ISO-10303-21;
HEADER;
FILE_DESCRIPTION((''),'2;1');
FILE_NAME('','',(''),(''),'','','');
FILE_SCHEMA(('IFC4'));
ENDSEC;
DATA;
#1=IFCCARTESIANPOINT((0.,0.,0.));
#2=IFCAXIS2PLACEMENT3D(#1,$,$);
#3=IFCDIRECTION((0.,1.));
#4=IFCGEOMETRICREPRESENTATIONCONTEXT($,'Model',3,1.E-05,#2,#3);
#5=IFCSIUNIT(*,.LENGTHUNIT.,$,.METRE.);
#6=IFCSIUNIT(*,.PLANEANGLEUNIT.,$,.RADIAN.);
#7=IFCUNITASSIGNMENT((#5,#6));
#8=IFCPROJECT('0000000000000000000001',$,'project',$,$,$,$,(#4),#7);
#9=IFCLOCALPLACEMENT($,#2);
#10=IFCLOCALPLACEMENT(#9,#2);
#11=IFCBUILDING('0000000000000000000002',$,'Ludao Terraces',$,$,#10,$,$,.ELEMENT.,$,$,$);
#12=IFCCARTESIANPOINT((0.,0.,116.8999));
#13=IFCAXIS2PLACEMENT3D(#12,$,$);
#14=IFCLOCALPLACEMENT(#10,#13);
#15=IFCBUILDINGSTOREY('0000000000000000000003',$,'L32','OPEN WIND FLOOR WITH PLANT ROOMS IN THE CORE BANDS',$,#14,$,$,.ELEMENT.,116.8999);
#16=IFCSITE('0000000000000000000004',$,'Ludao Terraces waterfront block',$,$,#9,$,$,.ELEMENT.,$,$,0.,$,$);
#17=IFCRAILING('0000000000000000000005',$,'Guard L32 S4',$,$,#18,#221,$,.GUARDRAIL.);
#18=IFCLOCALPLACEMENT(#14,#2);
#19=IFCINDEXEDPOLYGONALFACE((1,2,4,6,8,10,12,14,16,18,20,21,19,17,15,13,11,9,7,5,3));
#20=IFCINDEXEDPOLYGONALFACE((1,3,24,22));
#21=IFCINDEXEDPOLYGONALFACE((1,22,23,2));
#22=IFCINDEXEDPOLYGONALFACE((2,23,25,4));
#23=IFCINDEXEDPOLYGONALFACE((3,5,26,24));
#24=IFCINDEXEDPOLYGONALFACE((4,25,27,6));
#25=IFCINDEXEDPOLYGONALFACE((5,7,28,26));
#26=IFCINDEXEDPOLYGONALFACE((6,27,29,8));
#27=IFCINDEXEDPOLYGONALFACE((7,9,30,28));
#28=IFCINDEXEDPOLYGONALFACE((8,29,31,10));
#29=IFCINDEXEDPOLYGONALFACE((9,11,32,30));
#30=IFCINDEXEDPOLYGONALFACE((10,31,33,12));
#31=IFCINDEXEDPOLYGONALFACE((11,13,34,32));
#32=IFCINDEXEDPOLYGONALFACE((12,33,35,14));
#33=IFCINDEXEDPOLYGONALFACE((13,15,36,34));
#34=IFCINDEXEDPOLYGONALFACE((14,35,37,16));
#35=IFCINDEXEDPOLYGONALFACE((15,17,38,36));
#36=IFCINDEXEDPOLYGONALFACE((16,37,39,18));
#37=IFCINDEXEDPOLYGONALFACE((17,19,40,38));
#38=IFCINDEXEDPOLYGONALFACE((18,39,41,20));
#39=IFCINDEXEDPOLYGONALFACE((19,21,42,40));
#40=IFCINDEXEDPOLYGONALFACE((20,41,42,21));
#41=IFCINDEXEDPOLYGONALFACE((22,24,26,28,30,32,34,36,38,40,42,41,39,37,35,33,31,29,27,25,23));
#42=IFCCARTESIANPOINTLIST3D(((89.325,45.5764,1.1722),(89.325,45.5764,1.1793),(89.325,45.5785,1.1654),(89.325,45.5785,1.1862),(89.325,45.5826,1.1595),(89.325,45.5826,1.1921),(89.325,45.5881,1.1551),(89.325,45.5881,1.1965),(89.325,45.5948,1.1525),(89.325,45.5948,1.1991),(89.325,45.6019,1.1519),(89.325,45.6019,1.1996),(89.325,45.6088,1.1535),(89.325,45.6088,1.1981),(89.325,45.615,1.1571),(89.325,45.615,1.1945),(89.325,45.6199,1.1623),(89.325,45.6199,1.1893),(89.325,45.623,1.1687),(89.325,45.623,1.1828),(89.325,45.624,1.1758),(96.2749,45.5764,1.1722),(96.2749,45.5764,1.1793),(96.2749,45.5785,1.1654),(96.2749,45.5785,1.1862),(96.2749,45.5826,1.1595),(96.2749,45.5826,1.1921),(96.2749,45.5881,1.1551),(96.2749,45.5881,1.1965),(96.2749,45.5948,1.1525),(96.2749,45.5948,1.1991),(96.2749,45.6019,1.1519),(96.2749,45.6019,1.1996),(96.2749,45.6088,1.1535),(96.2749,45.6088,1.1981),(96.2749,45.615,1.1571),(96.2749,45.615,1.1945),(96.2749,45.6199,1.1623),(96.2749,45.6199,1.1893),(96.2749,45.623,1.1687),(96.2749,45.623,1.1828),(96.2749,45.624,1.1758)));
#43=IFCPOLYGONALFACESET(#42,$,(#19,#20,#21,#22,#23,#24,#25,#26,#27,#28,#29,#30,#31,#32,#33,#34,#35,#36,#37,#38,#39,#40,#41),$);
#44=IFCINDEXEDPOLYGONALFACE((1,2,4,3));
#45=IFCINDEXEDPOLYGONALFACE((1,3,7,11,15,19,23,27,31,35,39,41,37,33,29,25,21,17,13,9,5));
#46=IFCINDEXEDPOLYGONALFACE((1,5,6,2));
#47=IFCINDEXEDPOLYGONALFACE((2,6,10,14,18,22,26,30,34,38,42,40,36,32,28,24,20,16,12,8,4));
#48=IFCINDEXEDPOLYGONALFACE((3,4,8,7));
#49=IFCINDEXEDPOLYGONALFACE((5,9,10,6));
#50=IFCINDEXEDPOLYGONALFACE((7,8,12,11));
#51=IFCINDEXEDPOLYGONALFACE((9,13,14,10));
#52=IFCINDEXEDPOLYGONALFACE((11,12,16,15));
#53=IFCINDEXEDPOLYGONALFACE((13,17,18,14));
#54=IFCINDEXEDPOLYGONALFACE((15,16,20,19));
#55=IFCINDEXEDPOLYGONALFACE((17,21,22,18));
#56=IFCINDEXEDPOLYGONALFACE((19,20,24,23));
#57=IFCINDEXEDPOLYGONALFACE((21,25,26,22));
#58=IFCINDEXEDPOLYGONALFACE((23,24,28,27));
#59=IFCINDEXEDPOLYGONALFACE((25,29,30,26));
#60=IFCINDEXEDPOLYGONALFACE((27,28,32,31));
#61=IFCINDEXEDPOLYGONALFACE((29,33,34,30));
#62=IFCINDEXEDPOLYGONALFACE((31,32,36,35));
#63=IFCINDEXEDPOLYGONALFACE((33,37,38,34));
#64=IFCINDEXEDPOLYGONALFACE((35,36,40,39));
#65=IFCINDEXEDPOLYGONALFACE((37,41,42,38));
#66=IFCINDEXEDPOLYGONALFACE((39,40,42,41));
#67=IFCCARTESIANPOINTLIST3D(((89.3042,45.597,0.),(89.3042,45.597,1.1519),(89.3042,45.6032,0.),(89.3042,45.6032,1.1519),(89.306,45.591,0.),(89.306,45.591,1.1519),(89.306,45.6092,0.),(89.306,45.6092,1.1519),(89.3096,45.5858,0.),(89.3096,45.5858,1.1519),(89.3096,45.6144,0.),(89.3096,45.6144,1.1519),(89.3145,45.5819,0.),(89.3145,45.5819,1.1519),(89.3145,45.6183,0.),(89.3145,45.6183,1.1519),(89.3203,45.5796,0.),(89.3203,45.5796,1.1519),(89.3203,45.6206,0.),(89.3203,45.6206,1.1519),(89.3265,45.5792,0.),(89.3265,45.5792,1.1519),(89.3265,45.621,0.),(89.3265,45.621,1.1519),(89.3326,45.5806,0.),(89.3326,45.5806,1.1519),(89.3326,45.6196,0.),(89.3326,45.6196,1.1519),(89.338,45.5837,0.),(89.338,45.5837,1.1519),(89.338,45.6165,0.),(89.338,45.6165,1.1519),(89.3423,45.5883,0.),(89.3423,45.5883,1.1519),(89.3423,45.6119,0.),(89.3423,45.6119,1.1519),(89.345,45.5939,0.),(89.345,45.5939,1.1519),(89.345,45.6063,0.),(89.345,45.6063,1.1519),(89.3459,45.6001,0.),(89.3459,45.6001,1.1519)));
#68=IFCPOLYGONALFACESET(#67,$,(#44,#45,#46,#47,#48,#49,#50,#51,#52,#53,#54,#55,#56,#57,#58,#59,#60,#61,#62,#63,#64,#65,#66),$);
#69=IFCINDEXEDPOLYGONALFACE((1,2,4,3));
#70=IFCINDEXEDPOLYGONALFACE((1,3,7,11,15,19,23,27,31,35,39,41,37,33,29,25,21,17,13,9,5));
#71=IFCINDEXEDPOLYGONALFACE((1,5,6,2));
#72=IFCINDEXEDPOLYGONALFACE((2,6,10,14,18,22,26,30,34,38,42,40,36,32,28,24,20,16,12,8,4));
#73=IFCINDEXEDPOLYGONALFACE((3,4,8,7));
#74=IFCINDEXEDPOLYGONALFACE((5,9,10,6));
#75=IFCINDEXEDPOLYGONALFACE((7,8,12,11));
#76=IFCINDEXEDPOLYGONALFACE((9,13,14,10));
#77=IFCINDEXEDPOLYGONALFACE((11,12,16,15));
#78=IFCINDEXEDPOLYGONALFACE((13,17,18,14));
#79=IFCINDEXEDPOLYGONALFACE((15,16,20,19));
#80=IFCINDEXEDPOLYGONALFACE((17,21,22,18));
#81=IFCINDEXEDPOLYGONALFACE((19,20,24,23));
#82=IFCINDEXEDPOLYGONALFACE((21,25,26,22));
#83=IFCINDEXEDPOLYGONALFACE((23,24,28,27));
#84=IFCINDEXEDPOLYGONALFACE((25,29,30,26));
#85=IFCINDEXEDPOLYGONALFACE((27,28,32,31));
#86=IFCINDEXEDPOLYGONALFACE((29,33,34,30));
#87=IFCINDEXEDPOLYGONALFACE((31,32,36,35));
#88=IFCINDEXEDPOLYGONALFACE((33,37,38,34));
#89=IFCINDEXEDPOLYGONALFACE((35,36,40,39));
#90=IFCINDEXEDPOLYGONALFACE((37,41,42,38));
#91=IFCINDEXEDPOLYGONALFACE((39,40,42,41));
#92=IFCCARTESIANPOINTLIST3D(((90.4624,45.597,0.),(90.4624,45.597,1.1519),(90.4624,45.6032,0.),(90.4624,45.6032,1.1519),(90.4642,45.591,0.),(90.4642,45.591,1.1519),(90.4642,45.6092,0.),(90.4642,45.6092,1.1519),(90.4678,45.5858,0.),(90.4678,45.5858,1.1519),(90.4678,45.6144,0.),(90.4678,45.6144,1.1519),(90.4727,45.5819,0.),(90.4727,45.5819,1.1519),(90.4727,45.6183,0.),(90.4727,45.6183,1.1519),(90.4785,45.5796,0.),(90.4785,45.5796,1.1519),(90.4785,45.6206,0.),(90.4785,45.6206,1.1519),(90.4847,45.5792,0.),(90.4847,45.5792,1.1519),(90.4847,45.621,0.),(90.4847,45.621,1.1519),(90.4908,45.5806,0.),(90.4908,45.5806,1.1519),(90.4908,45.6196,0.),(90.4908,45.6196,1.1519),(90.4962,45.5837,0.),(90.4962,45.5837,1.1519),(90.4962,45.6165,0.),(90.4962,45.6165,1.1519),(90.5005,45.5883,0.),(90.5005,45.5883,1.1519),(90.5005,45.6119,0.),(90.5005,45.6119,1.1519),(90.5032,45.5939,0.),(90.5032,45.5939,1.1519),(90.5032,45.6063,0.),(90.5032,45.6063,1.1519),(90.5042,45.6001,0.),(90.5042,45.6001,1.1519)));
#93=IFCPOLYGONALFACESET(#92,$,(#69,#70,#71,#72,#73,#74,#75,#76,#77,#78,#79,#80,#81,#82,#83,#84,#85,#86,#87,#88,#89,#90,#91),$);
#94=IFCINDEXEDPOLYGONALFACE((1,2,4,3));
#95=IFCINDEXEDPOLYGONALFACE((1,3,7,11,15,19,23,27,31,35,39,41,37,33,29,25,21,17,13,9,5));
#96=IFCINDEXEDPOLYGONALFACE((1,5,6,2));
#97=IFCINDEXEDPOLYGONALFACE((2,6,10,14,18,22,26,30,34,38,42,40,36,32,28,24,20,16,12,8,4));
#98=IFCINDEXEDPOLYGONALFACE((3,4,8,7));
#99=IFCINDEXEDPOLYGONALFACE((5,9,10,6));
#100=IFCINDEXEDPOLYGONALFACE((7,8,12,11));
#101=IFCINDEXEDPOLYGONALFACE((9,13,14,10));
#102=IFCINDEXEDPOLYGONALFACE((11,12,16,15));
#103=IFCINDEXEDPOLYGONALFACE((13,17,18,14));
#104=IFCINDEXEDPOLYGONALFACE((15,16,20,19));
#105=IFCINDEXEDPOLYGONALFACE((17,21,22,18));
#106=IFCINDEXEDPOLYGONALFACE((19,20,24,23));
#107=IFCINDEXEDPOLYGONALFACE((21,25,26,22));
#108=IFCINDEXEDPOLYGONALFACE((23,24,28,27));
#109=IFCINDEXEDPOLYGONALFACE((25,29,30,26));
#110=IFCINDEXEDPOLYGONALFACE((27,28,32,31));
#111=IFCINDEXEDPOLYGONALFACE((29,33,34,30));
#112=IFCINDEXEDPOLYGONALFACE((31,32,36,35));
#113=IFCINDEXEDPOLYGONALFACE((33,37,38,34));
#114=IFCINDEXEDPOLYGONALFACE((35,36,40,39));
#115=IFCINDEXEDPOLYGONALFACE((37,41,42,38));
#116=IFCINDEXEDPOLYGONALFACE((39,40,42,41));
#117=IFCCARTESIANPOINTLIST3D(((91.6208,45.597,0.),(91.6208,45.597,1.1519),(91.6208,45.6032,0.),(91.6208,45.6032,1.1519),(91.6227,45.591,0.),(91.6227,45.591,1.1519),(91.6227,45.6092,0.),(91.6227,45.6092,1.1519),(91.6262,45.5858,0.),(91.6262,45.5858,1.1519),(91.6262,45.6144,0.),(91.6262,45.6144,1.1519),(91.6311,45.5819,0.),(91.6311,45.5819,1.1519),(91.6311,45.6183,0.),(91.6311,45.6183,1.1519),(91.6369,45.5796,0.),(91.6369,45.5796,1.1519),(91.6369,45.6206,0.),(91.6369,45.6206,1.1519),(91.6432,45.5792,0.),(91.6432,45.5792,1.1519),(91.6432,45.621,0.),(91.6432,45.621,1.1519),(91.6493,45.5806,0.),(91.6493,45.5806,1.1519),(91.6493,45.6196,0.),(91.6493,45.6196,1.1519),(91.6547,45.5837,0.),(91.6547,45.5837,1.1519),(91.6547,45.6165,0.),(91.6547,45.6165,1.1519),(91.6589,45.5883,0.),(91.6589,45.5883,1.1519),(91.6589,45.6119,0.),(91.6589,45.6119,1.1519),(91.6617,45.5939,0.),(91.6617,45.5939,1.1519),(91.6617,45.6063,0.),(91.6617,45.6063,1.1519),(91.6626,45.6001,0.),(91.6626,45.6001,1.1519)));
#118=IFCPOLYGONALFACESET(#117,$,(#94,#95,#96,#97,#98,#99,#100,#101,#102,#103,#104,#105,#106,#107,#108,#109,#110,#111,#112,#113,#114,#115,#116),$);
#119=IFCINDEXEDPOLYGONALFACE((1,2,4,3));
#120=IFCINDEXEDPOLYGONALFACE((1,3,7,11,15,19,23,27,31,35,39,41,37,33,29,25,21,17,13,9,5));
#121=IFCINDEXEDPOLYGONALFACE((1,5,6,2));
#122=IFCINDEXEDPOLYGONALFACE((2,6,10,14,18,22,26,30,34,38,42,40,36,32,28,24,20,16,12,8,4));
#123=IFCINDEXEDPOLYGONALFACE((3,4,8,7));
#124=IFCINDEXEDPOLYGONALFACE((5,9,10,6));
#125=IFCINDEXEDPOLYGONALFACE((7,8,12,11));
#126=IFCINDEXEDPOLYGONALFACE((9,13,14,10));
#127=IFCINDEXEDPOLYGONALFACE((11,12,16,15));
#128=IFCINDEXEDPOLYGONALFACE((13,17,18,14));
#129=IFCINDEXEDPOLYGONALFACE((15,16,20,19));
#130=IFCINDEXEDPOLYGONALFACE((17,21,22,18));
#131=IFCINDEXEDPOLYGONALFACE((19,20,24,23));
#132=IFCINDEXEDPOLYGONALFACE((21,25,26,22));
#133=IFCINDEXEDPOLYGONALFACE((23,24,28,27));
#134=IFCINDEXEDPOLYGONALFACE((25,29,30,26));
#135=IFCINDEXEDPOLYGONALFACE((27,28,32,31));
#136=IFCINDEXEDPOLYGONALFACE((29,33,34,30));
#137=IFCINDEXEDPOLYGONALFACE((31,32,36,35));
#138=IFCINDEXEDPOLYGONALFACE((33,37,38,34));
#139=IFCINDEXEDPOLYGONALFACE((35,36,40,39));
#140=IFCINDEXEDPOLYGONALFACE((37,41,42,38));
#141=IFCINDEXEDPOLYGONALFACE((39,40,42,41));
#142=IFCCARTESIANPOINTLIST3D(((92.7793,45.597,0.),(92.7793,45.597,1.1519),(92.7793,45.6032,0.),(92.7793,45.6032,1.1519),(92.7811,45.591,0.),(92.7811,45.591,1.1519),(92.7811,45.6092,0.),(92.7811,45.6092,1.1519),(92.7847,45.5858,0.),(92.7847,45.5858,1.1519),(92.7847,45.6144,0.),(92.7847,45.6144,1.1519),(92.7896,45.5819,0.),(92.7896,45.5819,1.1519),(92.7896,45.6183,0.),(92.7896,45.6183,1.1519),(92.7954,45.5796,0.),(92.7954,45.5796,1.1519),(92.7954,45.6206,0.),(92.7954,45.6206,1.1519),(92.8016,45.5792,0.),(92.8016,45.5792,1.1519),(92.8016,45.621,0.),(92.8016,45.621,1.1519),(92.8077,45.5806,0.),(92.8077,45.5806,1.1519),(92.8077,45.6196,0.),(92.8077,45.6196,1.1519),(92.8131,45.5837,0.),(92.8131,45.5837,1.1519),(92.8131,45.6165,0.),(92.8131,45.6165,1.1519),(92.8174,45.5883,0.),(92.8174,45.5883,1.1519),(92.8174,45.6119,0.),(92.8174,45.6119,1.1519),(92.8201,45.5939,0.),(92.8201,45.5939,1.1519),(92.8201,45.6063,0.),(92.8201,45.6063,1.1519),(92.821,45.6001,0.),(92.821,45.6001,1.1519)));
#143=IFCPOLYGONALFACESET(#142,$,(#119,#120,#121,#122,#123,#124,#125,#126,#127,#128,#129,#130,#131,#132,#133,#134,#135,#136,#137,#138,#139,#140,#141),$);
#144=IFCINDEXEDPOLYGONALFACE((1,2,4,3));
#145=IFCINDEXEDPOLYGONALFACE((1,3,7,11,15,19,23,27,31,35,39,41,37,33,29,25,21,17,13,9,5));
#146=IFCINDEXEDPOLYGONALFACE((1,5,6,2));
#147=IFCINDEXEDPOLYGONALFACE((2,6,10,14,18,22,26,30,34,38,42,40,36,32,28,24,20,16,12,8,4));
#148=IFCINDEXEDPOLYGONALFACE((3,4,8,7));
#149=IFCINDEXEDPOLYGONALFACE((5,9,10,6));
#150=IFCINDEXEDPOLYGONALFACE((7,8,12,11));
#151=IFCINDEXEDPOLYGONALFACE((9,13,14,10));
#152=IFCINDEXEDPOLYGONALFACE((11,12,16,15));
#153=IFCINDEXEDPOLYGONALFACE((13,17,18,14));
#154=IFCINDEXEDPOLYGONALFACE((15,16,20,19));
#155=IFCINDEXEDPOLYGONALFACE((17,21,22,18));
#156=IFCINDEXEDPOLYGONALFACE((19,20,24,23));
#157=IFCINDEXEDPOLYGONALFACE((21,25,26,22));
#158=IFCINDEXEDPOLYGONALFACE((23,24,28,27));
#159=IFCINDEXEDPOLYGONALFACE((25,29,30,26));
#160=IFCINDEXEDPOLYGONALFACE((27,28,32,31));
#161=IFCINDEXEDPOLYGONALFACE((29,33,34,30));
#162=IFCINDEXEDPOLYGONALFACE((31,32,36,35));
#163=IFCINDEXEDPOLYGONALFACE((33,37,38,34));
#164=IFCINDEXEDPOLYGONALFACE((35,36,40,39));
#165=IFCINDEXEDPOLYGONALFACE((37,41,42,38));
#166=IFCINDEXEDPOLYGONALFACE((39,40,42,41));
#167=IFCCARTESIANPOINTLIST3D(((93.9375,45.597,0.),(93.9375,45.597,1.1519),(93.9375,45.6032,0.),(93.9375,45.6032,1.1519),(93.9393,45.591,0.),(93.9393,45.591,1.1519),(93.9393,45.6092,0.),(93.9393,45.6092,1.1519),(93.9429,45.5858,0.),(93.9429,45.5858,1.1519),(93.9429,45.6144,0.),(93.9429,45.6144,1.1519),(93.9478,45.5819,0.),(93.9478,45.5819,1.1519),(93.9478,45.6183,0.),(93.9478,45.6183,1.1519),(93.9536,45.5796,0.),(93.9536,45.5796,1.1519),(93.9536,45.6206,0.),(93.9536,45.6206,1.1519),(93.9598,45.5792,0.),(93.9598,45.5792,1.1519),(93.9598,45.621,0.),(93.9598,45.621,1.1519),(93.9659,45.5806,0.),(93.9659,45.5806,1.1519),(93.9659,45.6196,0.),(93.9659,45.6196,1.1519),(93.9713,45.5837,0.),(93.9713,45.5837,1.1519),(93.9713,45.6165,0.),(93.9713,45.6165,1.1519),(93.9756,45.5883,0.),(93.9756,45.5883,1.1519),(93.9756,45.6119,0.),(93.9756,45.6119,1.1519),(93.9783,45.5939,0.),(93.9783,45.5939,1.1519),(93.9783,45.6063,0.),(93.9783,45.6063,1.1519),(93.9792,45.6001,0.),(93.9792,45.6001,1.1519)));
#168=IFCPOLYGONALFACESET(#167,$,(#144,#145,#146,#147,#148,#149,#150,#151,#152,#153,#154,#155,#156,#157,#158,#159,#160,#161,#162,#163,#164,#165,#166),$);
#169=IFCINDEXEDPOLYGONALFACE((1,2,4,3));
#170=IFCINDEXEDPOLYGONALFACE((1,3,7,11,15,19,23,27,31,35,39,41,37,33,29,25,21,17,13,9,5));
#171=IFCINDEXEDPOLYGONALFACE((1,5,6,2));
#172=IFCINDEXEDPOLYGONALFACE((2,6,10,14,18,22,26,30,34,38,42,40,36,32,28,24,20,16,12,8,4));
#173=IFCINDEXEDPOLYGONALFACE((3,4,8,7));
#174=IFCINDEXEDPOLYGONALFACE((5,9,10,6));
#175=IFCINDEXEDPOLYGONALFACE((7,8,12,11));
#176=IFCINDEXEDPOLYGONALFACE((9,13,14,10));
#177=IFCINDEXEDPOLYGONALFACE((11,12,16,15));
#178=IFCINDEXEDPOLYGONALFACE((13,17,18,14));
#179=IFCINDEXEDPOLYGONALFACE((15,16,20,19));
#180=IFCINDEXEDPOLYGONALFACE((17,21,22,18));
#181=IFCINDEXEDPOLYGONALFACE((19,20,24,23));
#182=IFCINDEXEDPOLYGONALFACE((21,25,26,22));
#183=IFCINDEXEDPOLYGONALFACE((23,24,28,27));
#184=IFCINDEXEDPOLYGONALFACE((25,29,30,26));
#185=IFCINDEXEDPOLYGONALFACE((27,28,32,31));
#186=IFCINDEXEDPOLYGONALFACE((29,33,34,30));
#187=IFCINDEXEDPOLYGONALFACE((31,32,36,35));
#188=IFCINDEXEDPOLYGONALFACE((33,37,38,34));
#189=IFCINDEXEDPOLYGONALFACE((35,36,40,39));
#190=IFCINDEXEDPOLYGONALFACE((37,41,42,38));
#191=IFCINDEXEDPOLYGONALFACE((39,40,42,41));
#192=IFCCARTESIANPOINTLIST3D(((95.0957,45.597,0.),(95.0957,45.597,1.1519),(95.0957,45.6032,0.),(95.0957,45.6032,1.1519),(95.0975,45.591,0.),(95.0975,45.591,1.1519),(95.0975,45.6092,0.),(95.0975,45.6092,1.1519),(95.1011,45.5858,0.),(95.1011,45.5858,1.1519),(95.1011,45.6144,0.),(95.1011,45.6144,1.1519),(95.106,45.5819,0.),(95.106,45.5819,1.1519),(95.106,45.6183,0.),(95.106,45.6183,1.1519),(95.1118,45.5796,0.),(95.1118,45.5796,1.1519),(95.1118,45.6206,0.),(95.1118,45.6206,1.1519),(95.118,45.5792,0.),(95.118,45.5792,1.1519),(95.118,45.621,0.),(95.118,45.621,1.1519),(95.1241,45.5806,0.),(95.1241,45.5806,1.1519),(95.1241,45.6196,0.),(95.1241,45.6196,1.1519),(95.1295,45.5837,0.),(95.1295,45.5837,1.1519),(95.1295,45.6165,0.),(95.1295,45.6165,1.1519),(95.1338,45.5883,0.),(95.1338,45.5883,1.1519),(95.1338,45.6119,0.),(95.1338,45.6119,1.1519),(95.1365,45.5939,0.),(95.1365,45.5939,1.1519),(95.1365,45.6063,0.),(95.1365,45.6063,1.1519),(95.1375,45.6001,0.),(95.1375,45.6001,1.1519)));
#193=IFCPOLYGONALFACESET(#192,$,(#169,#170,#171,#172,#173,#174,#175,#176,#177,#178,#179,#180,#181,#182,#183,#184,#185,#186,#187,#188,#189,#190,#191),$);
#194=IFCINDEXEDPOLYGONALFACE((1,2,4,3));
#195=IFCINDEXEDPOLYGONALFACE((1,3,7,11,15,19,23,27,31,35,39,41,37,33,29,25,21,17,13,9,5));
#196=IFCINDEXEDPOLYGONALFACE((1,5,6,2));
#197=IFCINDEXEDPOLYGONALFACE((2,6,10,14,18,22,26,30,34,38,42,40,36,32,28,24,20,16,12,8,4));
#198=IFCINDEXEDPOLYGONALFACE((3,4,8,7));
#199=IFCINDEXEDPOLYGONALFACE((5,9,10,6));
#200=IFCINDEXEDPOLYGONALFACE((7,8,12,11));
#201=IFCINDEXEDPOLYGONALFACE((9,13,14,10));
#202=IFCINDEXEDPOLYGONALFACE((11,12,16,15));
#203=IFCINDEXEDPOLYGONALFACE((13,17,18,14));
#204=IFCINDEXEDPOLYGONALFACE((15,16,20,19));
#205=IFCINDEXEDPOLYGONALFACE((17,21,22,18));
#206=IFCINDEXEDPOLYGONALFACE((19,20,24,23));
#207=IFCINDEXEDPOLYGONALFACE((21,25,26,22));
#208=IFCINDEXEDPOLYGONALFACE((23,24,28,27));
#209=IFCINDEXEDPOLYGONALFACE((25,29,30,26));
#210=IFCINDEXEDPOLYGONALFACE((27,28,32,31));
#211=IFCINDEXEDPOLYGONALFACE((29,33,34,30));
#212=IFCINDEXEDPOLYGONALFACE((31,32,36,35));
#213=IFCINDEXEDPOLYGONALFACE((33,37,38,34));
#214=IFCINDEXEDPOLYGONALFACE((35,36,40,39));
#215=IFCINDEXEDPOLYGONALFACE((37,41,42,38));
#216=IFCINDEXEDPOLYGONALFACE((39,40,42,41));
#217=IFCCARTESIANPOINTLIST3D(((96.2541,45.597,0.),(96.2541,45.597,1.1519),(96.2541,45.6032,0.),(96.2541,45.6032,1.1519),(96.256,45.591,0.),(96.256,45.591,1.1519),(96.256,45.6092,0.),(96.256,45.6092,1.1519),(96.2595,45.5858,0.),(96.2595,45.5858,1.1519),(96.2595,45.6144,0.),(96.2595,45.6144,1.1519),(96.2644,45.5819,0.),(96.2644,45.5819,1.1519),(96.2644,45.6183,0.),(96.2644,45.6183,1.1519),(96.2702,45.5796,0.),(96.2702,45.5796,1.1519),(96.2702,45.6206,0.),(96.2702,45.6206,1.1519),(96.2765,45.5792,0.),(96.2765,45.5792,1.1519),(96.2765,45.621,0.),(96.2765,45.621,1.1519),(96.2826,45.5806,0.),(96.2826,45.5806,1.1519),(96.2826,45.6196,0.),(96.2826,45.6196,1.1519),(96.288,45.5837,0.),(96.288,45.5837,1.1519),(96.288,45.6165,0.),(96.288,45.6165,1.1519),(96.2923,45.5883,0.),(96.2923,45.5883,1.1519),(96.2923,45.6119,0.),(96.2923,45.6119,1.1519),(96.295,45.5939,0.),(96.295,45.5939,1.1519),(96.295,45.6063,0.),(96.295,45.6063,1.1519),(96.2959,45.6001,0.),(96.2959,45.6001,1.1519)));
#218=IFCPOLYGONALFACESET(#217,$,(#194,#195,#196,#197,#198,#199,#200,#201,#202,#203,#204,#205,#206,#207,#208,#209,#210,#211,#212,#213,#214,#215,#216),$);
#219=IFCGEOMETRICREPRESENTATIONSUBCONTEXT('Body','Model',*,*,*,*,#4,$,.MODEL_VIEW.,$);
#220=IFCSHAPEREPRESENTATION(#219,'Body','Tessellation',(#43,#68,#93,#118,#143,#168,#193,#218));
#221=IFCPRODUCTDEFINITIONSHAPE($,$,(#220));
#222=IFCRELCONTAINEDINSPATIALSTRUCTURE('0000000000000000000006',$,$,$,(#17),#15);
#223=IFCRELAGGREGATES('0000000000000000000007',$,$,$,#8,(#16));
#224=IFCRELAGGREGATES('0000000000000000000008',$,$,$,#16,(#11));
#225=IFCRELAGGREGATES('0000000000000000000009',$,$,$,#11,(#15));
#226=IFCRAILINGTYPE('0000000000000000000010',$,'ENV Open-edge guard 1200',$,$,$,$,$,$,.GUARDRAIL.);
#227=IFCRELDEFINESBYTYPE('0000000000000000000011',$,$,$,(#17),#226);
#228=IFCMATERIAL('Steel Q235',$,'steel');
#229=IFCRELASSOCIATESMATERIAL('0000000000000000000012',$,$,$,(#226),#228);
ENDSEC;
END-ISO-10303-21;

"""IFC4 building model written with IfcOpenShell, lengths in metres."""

from ifc_helpers import new_model, si_unit, direction, frame, origin, origin_2d, place, context, subcontext, project, spatial, circle, extrude, material, type_object, element, save


model = new_model("IFC4")

# Units and contexts
model_context = context("Model", 3, precision=1e-05, world=origin(), true_north=direction((0.0, 1.0)))
body_context = subcontext(model_context, "Body", "Model", "MODEL_VIEW")
ifc_project = project(units=[si_unit("LENGTHUNIT", "METRE"), si_unit("PLANEANGLEUNIT", "RADIAN")], contexts=[model_context])

# Site, building, storey
site_placement = place(None, origin())
site = spatial("IfcSite", under=ifc_project, at=site_placement, Name="Ludao Terraces waterfront block", CompositionType="ELEMENT", RefElevation=0.0)
building_placement = place(site_placement, origin())
building = spatial("IfcBuilding", under=site, at=building_placement, Name="Ludao Terraces", CompositionType="ELEMENT")
storey_placement = place(building_placement, frame((0.0, 0.0, 116.8999)))
storey = spatial("IfcBuildingStorey", under=building, at=storey_placement, Name="L32", Description="OPEN WIND FLOOR WITH PLANT ROOMS IN THE CORE BANDS", CompositionType="ELEMENT", Elevation=116.8999)

# Shared definitions
ifc_material_1 = material(Name="Steel Q235", Category="steel")

# Railing
railing_type_1 = type_object("IfcRailingType", Name="ENV Open-edge guard 1200", PredefinedType="GUARDRAIL", material=ifc_material_1)
railing_1_placement = place(storey_placement, frame((89.325, 45.6001, 0.0)))
element("IfcRailing", 1, at=railing_1_placement, inside=storey, type_object=railing_type_1, Name="Guard L32 S4", PredefinedType="GUARDRAIL", context=body_context, shape_type="SweptSolid", body=[
    extrude(circle(Radius=0.0239, at=origin_2d()), frame((0.0, 0.0, 1.1758), z_axis=(1.0, 0.0, 0.0), x_axis=(0.0, 1.0, 0.0)), (0.0, 0.0, 1.0), 6.95),
    extrude(circle(Radius=0.021, at=origin_2d()), origin(), (0.0, 0.0, 1.0), 1.1519),
    extrude(circle(Radius=0.021, at=origin_2d()), frame((1.1582, 0.0, 0.0)), (0.0, 0.0, 1.0), 1.1519),
    extrude(circle(Radius=0.021, at=origin_2d()), frame((2.3167, 0.0, 0.0)), (0.0, 0.0, 1.0), 1.1519),
    extrude(circle(Radius=0.021, at=origin_2d()), frame((3.4751, 0.0, 0.0)), (0.0, 0.0, 1.0), 1.1519),
    extrude(circle(Radius=0.021, at=origin_2d()), frame((4.6333, 0.0, 0.0)), (0.0, 0.0, 1.0), 1.1519),
    extrude(circle(Radius=0.021, at=origin_2d()), frame((5.7915, 0.0, 0.0)), (0.0, 0.0, 1.0), 1.1519),
    extrude(circle(Radius=0.021, at=origin_2d()), frame((6.95, 0.0, 0.0)), (0.0, 0.0, 1.0), 1.1519),
])

save(model, "model.ifc")
